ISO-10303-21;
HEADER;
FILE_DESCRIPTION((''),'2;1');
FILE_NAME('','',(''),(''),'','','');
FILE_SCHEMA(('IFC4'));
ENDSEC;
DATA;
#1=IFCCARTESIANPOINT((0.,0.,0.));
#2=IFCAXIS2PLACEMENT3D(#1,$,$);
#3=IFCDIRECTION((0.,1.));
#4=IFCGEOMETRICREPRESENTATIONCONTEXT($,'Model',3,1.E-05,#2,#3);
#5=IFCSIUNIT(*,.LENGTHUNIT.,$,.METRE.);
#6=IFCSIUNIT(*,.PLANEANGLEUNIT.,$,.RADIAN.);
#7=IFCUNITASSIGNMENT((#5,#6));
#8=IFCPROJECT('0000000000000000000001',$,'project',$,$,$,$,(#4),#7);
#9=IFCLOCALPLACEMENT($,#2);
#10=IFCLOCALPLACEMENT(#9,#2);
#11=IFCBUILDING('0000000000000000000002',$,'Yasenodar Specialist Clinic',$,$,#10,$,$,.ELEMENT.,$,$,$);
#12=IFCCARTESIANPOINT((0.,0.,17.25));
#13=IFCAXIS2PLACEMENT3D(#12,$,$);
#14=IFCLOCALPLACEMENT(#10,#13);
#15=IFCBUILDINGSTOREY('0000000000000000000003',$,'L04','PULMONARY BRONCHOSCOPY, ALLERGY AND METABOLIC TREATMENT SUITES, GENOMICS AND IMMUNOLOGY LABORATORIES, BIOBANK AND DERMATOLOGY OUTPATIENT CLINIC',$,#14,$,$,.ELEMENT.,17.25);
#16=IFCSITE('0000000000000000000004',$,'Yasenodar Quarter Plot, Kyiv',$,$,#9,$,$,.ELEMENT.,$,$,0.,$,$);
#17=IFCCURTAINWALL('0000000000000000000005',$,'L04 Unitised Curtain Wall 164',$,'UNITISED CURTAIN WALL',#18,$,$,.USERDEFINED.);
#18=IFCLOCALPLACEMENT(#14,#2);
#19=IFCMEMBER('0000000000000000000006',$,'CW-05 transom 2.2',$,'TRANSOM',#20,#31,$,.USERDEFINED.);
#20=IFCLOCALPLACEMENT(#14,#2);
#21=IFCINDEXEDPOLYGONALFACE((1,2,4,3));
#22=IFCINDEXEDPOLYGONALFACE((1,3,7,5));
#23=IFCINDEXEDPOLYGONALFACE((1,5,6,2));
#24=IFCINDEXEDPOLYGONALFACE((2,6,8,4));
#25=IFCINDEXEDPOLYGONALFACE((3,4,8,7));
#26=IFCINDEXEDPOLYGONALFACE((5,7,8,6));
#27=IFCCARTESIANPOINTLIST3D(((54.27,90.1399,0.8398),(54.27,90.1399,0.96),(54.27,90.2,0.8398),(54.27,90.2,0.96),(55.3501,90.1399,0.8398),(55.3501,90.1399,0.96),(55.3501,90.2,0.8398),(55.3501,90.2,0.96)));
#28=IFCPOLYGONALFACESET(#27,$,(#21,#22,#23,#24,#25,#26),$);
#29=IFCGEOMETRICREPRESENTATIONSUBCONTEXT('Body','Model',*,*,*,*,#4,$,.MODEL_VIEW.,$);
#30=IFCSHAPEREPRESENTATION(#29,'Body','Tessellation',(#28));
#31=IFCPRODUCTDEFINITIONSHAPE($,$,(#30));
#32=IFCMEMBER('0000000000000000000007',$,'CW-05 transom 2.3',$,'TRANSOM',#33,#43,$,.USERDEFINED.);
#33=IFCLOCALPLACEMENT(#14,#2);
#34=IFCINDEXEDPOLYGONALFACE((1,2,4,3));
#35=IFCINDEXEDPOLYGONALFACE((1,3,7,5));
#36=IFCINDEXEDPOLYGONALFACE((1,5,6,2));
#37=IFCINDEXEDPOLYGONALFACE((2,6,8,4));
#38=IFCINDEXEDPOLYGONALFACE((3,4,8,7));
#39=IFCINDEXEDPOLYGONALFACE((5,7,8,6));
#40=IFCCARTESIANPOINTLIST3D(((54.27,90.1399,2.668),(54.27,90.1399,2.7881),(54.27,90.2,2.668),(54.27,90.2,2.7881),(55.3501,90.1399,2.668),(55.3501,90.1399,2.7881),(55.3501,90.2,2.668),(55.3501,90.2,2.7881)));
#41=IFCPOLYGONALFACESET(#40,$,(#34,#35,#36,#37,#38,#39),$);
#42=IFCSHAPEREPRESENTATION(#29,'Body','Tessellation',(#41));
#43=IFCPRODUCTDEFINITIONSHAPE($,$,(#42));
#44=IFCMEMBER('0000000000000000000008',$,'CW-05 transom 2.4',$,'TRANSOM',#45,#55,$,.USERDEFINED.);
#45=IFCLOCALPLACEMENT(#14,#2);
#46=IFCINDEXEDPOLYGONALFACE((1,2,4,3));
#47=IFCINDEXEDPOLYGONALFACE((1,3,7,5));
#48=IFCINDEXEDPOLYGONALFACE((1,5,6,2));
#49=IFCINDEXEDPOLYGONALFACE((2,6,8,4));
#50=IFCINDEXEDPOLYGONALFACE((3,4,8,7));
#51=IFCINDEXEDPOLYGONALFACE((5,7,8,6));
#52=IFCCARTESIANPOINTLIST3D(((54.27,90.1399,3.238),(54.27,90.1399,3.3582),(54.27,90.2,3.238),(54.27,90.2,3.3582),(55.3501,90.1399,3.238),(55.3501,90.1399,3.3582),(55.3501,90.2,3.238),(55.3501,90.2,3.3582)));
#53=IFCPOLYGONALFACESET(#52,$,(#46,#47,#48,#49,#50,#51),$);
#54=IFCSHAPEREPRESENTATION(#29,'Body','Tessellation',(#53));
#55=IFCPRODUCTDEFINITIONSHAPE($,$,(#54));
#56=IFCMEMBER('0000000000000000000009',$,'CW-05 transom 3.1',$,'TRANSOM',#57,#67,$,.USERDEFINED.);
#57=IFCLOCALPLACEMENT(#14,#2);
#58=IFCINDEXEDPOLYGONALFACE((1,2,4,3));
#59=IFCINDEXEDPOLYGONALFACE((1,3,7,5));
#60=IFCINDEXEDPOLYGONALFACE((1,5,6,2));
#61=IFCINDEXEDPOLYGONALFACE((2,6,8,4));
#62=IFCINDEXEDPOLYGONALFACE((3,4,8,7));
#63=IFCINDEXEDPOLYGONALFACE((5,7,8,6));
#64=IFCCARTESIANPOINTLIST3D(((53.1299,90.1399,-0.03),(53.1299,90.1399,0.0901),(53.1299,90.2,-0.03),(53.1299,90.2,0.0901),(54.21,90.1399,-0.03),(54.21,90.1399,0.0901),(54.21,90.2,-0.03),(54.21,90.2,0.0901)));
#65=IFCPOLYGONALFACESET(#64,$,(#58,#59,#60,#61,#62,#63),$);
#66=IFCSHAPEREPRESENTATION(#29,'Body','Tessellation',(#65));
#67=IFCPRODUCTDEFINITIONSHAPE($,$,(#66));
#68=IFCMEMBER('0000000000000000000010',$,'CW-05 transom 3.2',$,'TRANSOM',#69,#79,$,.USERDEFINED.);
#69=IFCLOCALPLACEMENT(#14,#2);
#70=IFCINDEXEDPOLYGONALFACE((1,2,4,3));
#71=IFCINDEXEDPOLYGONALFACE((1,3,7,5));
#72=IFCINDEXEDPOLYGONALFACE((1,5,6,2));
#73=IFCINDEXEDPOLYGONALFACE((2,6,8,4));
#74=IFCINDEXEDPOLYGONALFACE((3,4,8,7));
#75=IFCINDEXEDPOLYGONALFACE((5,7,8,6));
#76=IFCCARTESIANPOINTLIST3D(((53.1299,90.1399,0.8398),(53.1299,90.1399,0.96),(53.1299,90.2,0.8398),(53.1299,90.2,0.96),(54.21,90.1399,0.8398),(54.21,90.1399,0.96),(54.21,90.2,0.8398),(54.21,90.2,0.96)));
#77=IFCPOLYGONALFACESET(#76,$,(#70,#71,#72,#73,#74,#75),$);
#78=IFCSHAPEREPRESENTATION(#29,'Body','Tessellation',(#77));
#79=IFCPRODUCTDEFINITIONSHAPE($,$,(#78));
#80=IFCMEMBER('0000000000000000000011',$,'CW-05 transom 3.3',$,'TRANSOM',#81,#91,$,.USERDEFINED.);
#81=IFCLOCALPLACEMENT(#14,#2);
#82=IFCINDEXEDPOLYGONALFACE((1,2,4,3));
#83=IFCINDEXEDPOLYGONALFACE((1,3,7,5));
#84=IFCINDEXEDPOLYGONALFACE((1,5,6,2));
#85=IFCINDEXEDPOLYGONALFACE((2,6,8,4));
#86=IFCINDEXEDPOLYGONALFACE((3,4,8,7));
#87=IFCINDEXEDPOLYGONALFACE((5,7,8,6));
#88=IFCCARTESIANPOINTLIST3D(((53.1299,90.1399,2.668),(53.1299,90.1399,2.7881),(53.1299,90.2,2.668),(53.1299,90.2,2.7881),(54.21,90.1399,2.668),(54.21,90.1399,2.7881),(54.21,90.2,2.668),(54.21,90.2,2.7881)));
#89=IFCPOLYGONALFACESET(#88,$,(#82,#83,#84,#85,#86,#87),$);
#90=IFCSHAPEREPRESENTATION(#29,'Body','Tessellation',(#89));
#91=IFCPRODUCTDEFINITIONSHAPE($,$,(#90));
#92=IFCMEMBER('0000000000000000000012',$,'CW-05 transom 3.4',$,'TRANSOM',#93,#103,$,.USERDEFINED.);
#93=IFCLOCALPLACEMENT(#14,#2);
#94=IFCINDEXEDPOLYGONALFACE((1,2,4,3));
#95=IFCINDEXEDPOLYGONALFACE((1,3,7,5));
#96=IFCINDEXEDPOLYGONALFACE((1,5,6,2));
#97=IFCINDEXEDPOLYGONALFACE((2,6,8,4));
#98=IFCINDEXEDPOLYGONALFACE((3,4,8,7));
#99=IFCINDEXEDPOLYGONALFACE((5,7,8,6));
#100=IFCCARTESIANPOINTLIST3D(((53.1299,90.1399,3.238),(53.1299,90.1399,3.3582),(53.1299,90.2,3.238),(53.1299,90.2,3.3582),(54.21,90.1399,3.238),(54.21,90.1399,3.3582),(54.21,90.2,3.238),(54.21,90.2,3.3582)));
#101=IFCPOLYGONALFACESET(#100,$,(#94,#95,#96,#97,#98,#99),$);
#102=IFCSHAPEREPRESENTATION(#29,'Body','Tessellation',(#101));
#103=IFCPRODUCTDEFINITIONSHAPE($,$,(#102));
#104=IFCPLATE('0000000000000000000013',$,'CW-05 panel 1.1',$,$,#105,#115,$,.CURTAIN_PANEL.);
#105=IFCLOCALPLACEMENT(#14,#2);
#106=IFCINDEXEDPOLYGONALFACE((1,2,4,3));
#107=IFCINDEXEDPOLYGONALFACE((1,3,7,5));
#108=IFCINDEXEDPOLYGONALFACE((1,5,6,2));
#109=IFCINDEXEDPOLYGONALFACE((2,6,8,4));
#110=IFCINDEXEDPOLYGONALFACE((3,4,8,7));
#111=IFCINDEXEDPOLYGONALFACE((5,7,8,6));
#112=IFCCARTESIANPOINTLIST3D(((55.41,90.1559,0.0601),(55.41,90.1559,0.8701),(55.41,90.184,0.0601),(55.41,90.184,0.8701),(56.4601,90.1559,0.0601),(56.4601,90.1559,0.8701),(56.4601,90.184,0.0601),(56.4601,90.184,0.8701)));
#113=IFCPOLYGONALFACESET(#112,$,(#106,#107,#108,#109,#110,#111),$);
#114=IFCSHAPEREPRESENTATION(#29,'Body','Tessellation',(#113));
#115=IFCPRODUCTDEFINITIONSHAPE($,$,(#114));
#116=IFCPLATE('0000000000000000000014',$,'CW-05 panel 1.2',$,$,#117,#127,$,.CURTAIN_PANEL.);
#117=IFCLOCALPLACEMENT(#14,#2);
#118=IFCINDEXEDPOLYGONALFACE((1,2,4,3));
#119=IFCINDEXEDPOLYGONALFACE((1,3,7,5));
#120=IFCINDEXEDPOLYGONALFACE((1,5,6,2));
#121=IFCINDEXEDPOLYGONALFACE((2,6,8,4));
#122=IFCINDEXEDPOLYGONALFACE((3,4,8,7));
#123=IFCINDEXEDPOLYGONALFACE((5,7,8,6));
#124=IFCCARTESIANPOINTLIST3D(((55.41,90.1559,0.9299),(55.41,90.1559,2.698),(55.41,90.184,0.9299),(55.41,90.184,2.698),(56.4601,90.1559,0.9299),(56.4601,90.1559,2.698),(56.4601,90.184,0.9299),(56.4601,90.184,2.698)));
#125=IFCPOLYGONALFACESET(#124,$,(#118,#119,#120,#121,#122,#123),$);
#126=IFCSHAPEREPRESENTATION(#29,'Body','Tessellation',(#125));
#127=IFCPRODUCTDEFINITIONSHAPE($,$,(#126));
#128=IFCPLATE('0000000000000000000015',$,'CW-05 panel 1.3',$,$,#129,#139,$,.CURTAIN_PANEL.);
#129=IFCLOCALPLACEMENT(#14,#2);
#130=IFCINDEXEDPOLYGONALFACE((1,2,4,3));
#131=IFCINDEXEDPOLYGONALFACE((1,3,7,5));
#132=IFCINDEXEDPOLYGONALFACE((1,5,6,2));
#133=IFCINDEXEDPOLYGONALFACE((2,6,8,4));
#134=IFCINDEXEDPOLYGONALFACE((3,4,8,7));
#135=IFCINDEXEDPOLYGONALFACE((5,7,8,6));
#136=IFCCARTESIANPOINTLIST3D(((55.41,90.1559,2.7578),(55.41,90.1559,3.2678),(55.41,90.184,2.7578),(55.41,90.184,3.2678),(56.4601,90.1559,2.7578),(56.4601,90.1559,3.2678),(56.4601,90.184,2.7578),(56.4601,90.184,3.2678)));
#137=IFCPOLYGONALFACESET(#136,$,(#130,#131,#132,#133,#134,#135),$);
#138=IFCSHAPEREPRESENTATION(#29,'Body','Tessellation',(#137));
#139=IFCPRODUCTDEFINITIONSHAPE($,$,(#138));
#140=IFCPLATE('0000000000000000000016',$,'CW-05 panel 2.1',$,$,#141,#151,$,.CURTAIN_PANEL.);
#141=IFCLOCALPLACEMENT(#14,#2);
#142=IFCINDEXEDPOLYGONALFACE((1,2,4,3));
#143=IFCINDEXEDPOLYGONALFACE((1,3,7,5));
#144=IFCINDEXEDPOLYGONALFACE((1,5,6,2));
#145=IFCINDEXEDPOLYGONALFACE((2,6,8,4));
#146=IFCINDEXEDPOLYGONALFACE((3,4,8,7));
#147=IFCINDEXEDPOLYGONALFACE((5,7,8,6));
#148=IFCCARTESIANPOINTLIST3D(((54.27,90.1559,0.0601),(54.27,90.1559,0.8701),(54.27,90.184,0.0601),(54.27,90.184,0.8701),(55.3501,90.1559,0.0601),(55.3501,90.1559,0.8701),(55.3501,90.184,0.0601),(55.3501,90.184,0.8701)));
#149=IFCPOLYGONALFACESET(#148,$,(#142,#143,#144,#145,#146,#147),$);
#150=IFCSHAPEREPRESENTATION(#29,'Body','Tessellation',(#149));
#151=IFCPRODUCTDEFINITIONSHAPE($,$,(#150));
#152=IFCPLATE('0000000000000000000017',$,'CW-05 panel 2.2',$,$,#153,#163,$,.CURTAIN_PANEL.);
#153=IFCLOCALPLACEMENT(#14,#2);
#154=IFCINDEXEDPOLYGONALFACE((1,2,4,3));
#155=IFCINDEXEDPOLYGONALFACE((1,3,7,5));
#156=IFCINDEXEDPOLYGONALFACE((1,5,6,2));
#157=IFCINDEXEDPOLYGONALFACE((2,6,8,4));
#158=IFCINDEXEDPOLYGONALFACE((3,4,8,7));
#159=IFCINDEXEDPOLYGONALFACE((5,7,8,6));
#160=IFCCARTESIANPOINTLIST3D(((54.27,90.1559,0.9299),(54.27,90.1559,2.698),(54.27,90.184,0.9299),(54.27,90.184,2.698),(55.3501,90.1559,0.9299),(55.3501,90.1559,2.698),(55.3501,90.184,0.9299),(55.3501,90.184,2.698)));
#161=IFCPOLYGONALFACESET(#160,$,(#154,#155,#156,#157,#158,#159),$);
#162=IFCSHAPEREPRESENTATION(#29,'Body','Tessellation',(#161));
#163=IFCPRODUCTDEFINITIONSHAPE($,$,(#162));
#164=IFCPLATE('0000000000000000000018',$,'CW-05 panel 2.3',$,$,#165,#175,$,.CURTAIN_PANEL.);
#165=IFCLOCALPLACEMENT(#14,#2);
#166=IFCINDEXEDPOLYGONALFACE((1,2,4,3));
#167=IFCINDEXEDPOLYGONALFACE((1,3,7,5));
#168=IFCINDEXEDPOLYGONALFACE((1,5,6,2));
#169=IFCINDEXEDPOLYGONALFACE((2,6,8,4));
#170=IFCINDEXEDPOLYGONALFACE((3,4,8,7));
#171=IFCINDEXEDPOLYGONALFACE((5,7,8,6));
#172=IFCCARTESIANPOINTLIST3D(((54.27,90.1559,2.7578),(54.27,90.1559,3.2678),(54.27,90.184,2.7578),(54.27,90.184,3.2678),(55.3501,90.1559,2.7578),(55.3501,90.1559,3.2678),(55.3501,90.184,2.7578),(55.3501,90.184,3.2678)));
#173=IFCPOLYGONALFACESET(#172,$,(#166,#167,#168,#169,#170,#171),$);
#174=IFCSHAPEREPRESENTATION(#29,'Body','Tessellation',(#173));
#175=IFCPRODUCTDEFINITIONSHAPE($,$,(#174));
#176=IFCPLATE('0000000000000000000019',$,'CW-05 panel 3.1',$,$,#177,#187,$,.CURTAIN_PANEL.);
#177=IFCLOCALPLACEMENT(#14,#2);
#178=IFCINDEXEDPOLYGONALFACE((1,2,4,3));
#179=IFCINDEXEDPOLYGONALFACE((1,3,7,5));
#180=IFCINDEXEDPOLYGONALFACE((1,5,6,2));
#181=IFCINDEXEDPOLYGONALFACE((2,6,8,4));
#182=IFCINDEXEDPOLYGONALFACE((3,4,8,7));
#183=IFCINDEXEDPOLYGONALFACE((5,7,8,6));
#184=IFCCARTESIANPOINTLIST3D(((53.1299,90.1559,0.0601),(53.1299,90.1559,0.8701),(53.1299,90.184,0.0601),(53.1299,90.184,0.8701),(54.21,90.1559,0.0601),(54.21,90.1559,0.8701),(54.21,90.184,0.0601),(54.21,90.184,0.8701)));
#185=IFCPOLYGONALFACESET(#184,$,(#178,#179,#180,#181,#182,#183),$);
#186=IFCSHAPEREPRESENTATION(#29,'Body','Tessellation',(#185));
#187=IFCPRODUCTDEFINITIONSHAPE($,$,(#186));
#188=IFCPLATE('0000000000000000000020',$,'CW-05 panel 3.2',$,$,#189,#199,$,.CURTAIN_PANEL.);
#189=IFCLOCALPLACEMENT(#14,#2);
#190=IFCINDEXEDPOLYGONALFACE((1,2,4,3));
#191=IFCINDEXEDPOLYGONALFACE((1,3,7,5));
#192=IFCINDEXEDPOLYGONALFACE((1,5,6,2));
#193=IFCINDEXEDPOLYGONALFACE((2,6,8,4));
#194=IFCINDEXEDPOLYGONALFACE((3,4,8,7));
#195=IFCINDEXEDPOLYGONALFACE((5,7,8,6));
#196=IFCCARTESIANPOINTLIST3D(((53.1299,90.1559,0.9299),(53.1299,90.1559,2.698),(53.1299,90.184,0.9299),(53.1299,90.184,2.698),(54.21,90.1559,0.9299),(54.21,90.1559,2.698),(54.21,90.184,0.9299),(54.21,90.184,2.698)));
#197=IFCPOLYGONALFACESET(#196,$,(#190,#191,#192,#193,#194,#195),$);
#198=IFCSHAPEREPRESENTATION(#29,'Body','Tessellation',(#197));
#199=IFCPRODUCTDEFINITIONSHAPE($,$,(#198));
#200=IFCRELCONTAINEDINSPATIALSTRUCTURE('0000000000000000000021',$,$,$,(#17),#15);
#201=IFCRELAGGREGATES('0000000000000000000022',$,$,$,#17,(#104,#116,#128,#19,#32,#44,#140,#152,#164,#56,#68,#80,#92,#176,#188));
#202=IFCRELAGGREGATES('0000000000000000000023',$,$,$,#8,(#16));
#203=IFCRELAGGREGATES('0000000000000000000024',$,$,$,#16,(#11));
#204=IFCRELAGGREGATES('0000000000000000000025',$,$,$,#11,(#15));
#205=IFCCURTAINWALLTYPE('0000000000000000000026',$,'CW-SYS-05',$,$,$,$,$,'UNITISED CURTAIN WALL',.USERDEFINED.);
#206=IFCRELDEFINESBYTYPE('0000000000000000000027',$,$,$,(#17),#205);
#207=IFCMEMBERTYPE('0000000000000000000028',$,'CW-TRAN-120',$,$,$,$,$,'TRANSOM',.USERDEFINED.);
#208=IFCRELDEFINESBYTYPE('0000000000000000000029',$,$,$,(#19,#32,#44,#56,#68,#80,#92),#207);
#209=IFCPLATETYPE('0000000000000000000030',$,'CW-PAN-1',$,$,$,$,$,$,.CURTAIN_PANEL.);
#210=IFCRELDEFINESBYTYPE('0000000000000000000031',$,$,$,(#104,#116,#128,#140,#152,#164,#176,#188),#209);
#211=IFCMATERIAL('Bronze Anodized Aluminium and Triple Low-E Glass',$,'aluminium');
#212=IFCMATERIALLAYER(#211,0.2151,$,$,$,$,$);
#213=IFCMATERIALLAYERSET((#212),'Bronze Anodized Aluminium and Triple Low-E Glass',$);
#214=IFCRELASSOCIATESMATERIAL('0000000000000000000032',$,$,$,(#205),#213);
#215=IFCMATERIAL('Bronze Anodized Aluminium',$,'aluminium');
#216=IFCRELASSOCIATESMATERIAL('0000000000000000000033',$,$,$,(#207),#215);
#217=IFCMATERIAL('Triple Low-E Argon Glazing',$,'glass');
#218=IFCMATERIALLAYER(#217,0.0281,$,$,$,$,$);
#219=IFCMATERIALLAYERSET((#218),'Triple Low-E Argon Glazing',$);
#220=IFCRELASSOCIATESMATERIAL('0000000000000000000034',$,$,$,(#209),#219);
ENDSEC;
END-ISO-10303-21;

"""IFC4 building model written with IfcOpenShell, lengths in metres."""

from ifc_helpers import new_model, si_unit, direction, frame, origin, origin_2d, place, context, subcontext, project, spatial, rectangle, extrude, material, layer, layer_set, material_profile, profile_set, type_object, element, aggregate, save


model = new_model("IFC4")

# Units and contexts
model_context = context("Model", 3, precision=1e-05, world=origin(), true_north=direction((0.0, 1.0)))
body_context = subcontext(model_context, "Body", "Model", "MODEL_VIEW")
ifc_project = project(units=[si_unit("LENGTHUNIT", "METRE"), si_unit("PLANEANGLEUNIT", "RADIAN")], contexts=[model_context])

# Site, building, storey
site_placement = place(None, origin())
site = spatial("IfcSite", under=ifc_project, at=site_placement, Name="Yasenodar Quarter Plot, Kyiv", CompositionType="ELEMENT", RefElevation=0.0)
building_placement = place(site_placement, origin())
building = spatial("IfcBuilding", under=site, at=building_placement, Name="Yasenodar Specialist Clinic", CompositionType="ELEMENT")
storey_placement = place(building_placement, frame((0.0, 0.0, 17.25)))
storey = spatial("IfcBuildingStorey", under=building, at=storey_placement, Name="L04", Description="PULMONARY BRONCHOSCOPY, ALLERGY AND METABOLIC TREATMENT SUITES, GENOMICS AND IMMUNOLOGY LABORATORIES, BIOBANK AND DERMATOLOGY OUTPATIENT CLINIC", CompositionType="ELEMENT", Elevation=17.25)

# Curtain wall, members, plates
ifc_material_1 = material(Name="Bronze Anodized Aluminium and Triple Low-E Glass", Category="aluminium")
ifc_layer_1 = layer(ifc_material_1, 0.2151)
ifc_layer_set_1 = layer_set([ifc_layer_1], Name="Bronze Anodized Aluminium and Triple Low-E Glass")
curtain_wall_type = type_object("IfcCurtainWallType", Name="CW-SYS-05", ElementType="UNITISED CURTAIN WALL", PredefinedType="USERDEFINED", material=ifc_layer_set_1)
curtain_wall_placement = place(storey_placement, origin())
curtain_wall = element("IfcCurtainWall", 1, at=curtain_wall_placement, inside=storey, type_object=curtain_wall_type, Name="L04 Unitised Curtain Wall 164", ObjectType="UNITISED CURTAIN WALL", PredefinedType="USERDEFINED")
ifc_material_2 = material(Name="Bronze Anodized Aluminium", Category="aluminium")
ifc_material_profile_1 = material_profile(ifc_material_2, rectangle(XDim=0.0601, YDim=0.1201, at=origin_2d()), Name="CW-TRAN 60x120")
ifc_profile_set_1 = profile_set([ifc_material_profile_1], Name="Bronze Anodized Aluminium")
member_type_1 = type_object("IfcMemberType", Name="CW-TRAN-120", ElementType="TRANSOM", PredefinedType="USERDEFINED", material=ifc_profile_set_1)
member_1_placement = place(storey_placement, frame((55.3501, 90.1699, 0.8999), z_axis=(-1.0, 0.0, 0.0), x_axis=(0.0, -1.0, 0.0)))
member_1 = element("IfcMember", 2, at=member_1_placement, type_object=member_type_1, Name="CW-05 transom 2.2", ObjectType="TRANSOM", PredefinedType="USERDEFINED", context=body_context, shape_type="SweptSolid", body=[
    extrude(rectangle(XDim=0.0601, YDim=0.1201, at=origin_2d()), origin(), (0.0, 0.0, 1.0), 1.0801),
])
member_2_placement = place(storey_placement, frame((55.3501, 90.1699, 2.728), z_axis=(-1.0, 0.0, 0.0), x_axis=(0.0, -1.0, 0.0)))
member_2 = element("IfcMember", 3, at=member_2_placement, type_object=member_type_1, Name="CW-05 transom 2.3", ObjectType="TRANSOM", PredefinedType="USERDEFINED", context=body_context, shape_type="SweptSolid", body=[
    extrude(rectangle(XDim=0.0601, YDim=0.1201, at=origin_2d()), origin(), (0.0, 0.0, 1.0), 1.0801),
])
member_3_placement = place(storey_placement, frame((55.3501, 90.1699, 3.2981), z_axis=(-1.0, 0.0, 0.0), x_axis=(0.0, -1.0, 0.0)))
member_3 = element("IfcMember", 4, at=member_3_placement, type_object=member_type_1, Name="CW-05 transom 2.4", ObjectType="TRANSOM", PredefinedType="USERDEFINED", context=body_context, shape_type="SweptSolid", body=[
    extrude(rectangle(XDim=0.0601, YDim=0.1201, at=origin_2d()), origin(), (0.0, 0.0, 1.0), 1.0801),
])
member_4_placement = place(storey_placement, frame((54.21, 90.1699, 0.03), z_axis=(-1.0, 0.0, 0.0), x_axis=(0.0, -1.0, 0.0)))
member_4 = element("IfcMember", 5, at=member_4_placement, type_object=member_type_1, Name="CW-05 transom 3.1", ObjectType="TRANSOM", PredefinedType="USERDEFINED", context=body_context, shape_type="SweptSolid", body=[
    extrude(rectangle(XDim=0.0601, YDim=0.1201, at=origin_2d()), origin(), (0.0, 0.0, 1.0), 1.0801),
])
member_5_placement = place(storey_placement, frame((54.21, 90.1699, 0.8999), z_axis=(-1.0, 0.0, 0.0), x_axis=(0.0, -1.0, 0.0)))
member_5 = element("IfcMember", 6, at=member_5_placement, type_object=member_type_1, Name="CW-05 transom 3.2", ObjectType="TRANSOM", PredefinedType="USERDEFINED", context=body_context, shape_type="SweptSolid", body=[
    extrude(rectangle(XDim=0.0601, YDim=0.1201, at=origin_2d()), origin(), (0.0, 0.0, 1.0), 1.0801),
])
member_6_placement = place(storey_placement, frame((54.21, 90.1699, 2.728), z_axis=(-1.0, 0.0, 0.0), x_axis=(0.0, -1.0, 0.0)))
member_6 = element("IfcMember", 7, at=member_6_placement, type_object=member_type_1, Name="CW-05 transom 3.3", ObjectType="TRANSOM", PredefinedType="USERDEFINED", context=body_context, shape_type="SweptSolid", body=[
    extrude(rectangle(XDim=0.0601, YDim=0.1201, at=origin_2d()), origin(), (0.0, 0.0, 1.0), 1.0801),
])
member_7_placement = place(storey_placement, frame((54.21, 90.1699, 3.2981), z_axis=(-1.0, 0.0, 0.0), x_axis=(0.0, -1.0, 0.0)))
member_7 = element("IfcMember", 8, at=member_7_placement, type_object=member_type_1, Name="CW-05 transom 3.4", ObjectType="TRANSOM", PredefinedType="USERDEFINED", context=body_context, shape_type="SweptSolid", body=[
    extrude(rectangle(XDim=0.0601, YDim=0.1201, at=origin_2d()), origin(), (0.0, 0.0, 1.0), 1.0801),
])
ifc_material_3 = material(Name="Triple Low-E Argon Glazing", Category="glass")
ifc_layer_2 = layer(ifc_material_3, 0.0281)
ifc_layer_set_2 = layer_set([ifc_layer_2], Name="Triple Low-E Argon Glazing")
plate_type_1 = type_object("IfcPlateType", Name="CW-PAN-1", PredefinedType="CURTAIN_PANEL", material=ifc_layer_set_2)
plate_1_placement = place(storey_placement, frame((55.9351, 90.1699, 0.0601), z_axis=(0.0, 0.0, 1.0), x_axis=(-1.0, 0.0, 0.0)))
plate_1 = element("IfcPlate", 9, at=plate_1_placement, type_object=plate_type_1, Name="CW-05 panel 1.1", PredefinedType="CURTAIN_PANEL", context=body_context, shape_type="SweptSolid", body=[
    extrude(rectangle(XDim=1.05, YDim=0.0281, at=origin_2d()), origin(), (0.0, 0.0, 1.0), 0.8101),
])
plate_2_placement = place(storey_placement, frame((55.9351, 90.1699, 0.9299), z_axis=(0.0, 0.0, 1.0), x_axis=(-1.0, 0.0, 0.0)))
plate_2 = element("IfcPlate", 10, at=plate_2_placement, type_object=plate_type_1, Name="CW-05 panel 1.2", PredefinedType="CURTAIN_PANEL", context=body_context, shape_type="SweptSolid", body=[
    extrude(rectangle(XDim=1.05, YDim=0.0281, at=origin_2d()), origin(), (0.0, 0.0, 1.0), 1.7681),
])
plate_3_placement = place(storey_placement, frame((55.9351, 90.1699, 2.7578), z_axis=(0.0, 0.0, 1.0), x_axis=(-1.0, 0.0, 0.0)))
plate_3 = element("IfcPlate", 11, at=plate_3_placement, type_object=plate_type_1, Name="CW-05 panel 1.3", PredefinedType="CURTAIN_PANEL", context=body_context, shape_type="SweptSolid", body=[
    extrude(rectangle(XDim=1.05, YDim=0.0281, at=origin_2d()), origin(), (0.0, 0.0, 1.0), 0.51),
])
plate_4_placement = place(storey_placement, frame((54.8101, 90.1699, 0.0601), z_axis=(0.0, 0.0, 1.0), x_axis=(-1.0, 0.0, 0.0)))
plate_4 = element("IfcPlate", 12, at=plate_4_placement, type_object=plate_type_1, Name="CW-05 panel 2.1", PredefinedType="CURTAIN_PANEL", context=body_context, shape_type="SweptSolid", body=[
    extrude(rectangle(XDim=1.0801, YDim=0.0281, at=origin_2d()), origin(), (0.0, 0.0, 1.0), 0.8101),
])
plate_5_placement = place(storey_placement, frame((54.8101, 90.1699, 0.9299), z_axis=(0.0, 0.0, 1.0), x_axis=(-1.0, 0.0, 0.0)))
plate_5 = element("IfcPlate", 13, at=plate_5_placement, type_object=plate_type_1, Name="CW-05 panel 2.2", PredefinedType="CURTAIN_PANEL", context=body_context, shape_type="SweptSolid", body=[
    extrude(rectangle(XDim=1.0801, YDim=0.0281, at=origin_2d()), origin(), (0.0, 0.0, 1.0), 1.7681),
])
plate_6_placement = place(storey_placement, frame((54.8101, 90.1699, 2.7578), z_axis=(0.0, 0.0, 1.0), x_axis=(-1.0, 0.0, 0.0)))
plate_6 = element("IfcPlate", 14, at=plate_6_placement, type_object=plate_type_1, Name="CW-05 panel 2.3", PredefinedType="CURTAIN_PANEL", context=body_context, shape_type="SweptSolid", body=[
    extrude(rectangle(XDim=1.0801, YDim=0.0281, at=origin_2d()), origin(), (0.0, 0.0, 1.0), 0.51),
])
plate_7_placement = place(storey_placement, frame((53.6699, 90.1699, 0.0601), z_axis=(0.0, 0.0, 1.0), x_axis=(-1.0, 0.0, 0.0)))
plate_7 = element("IfcPlate", 15, at=plate_7_placement, type_object=plate_type_1, Name="CW-05 panel 3.1", PredefinedType="CURTAIN_PANEL", context=body_context, shape_type="SweptSolid", body=[
    extrude(rectangle(XDim=1.0801, YDim=0.0281, at=origin_2d()), origin(), (0.0, 0.0, 1.0), 0.8101),
])
plate_8_placement = place(storey_placement, frame((53.6699, 90.1699, 0.9299), z_axis=(0.0, 0.0, 1.0), x_axis=(-1.0, 0.0, 0.0)))
plate_8 = element("IfcPlate", 16, at=plate_8_placement, type_object=plate_type_1, Name="CW-05 panel 3.2", PredefinedType="CURTAIN_PANEL", context=body_context, shape_type="SweptSolid", body=[
    extrude(rectangle(XDim=1.0801, YDim=0.0281, at=origin_2d()), origin(), (0.0, 0.0, 1.0), 1.7681),
])
aggregate(curtain_wall, [plate_1, plate_2, plate_3, member_1, member_2, member_3, plate_4, plate_5, plate_6, member_4, member_5, member_6, member_7, plate_7, plate_8])

save(model, "model.ifc")
